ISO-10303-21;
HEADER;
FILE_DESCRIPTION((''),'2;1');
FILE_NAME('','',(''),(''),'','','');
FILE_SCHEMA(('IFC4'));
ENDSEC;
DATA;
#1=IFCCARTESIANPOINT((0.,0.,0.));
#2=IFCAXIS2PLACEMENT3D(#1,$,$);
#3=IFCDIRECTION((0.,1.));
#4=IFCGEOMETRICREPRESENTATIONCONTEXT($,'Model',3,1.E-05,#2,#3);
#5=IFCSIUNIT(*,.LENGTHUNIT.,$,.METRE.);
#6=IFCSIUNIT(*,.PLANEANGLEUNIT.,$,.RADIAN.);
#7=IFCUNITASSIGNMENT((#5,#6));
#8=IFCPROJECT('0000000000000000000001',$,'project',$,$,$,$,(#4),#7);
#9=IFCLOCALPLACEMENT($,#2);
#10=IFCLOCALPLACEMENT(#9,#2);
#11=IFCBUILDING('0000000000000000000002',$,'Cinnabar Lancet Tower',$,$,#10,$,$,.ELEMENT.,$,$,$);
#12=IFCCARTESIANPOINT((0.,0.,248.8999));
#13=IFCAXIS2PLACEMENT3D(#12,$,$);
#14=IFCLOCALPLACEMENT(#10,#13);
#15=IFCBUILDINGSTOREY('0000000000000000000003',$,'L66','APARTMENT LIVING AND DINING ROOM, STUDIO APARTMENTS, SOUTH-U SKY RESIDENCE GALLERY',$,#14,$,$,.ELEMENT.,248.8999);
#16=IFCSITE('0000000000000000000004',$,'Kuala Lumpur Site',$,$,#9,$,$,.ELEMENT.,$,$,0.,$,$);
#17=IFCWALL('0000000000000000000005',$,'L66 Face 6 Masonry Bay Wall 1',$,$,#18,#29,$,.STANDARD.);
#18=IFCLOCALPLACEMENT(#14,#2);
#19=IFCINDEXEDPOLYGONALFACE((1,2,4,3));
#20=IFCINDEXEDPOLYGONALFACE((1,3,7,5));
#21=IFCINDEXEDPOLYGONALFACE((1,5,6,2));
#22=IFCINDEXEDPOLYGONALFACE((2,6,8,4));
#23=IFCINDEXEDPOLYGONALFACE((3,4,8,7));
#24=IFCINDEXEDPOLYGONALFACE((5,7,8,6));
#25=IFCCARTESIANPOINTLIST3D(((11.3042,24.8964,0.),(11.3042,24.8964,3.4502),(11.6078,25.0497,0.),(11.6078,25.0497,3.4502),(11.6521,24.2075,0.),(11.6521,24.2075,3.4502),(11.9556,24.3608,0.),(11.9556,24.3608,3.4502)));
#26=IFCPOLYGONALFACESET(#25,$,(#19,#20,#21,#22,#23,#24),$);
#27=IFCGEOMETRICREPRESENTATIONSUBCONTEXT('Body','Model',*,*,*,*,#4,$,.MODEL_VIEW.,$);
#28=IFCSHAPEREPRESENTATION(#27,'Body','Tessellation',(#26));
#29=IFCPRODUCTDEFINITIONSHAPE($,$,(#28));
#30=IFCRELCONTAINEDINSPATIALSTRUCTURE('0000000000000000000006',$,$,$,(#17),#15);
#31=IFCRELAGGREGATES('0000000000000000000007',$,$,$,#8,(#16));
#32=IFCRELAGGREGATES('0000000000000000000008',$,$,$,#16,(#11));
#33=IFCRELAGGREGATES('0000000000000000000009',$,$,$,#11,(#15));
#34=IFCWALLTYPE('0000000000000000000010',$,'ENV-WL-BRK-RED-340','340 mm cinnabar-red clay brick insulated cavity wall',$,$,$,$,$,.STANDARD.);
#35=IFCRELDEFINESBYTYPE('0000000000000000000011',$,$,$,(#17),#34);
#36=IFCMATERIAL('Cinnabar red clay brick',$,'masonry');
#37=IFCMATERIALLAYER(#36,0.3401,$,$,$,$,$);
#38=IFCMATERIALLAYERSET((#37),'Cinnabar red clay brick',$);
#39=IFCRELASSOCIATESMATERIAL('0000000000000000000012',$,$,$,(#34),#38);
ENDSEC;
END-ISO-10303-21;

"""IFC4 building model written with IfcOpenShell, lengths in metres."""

from ifc_helpers import new_model, si_unit, direction, frame, frame_2d, origin, place, context, subcontext, project, spatial, rectangle, extrude, material, layer, layer_set, type_object, element, save


model = new_model("IFC4")

# Units and contexts
model_context = context("Model", 3, precision=1e-05, world=origin(), true_north=direction((0.0, 1.0)))
body_context = subcontext(model_context, "Body", "Model", "MODEL_VIEW")
ifc_project = project(units=[si_unit("LENGTHUNIT", "METRE"), si_unit("PLANEANGLEUNIT", "RADIAN")], contexts=[model_context])

# Site, building, storey
site_placement = place(None, origin())
site = spatial("IfcSite", under=ifc_project, at=site_placement, Name="Kuala Lumpur Site", CompositionType="ELEMENT", RefElevation=0.0)
building_placement = place(site_placement, origin())
building = spatial("IfcBuilding", under=site, at=building_placement, Name="Cinnabar Lancet Tower", CompositionType="ELEMENT")
storey_placement = place(building_placement, frame((0.0, 0.0, 248.8999)))
storey = spatial("IfcBuildingStorey", under=building, at=storey_placement, Name="L66", Description="APARTMENT LIVING AND DINING ROOM, STUDIO APARTMENTS, SOUTH-U SKY RESIDENCE GALLERY", CompositionType="ELEMENT", Elevation=248.8999)

# Shared definitions
ifc_material_1 = material(Name="Cinnabar red clay brick", Category="masonry")
ifc_layer_1 = layer(ifc_material_1, 0.3401)
ifc_layer_set_1 = layer_set([ifc_layer_1], Name="Cinnabar red clay brick")
wall_type_1 = type_object("IfcWallType", Name="ENV-WL-BRK-RED-340", Description="340 mm cinnabar-red clay brick insulated cavity wall", PredefinedType="STANDARD", material=ifc_layer_set_1)

# Wall
for number, where, z_axis, x_axis, name in (
    (1, (11.4561, 24.9729, 0.0), (0.0, 0.0, 1.0), (0.450753, -0.892649, 0.0), "L66 Face 6 Masonry Bay Wall 1"),
):
    element("IfcWall", number, at=place(storey_placement, frame(where, z_axis=z_axis, x_axis=x_axis)), inside=storey, type_object=wall_type_1, Name=name, PredefinedType="STANDARD", context=body_context, shape_type="SweptSolid", body=[
        extrude(rectangle(XDim=0.7717, YDim=0.3401, at=frame_2d((0.3857, 0.0))), origin(), (0.0, 0.0, 1.0), 3.4502),
    ])

save(model, "model.ifc")
